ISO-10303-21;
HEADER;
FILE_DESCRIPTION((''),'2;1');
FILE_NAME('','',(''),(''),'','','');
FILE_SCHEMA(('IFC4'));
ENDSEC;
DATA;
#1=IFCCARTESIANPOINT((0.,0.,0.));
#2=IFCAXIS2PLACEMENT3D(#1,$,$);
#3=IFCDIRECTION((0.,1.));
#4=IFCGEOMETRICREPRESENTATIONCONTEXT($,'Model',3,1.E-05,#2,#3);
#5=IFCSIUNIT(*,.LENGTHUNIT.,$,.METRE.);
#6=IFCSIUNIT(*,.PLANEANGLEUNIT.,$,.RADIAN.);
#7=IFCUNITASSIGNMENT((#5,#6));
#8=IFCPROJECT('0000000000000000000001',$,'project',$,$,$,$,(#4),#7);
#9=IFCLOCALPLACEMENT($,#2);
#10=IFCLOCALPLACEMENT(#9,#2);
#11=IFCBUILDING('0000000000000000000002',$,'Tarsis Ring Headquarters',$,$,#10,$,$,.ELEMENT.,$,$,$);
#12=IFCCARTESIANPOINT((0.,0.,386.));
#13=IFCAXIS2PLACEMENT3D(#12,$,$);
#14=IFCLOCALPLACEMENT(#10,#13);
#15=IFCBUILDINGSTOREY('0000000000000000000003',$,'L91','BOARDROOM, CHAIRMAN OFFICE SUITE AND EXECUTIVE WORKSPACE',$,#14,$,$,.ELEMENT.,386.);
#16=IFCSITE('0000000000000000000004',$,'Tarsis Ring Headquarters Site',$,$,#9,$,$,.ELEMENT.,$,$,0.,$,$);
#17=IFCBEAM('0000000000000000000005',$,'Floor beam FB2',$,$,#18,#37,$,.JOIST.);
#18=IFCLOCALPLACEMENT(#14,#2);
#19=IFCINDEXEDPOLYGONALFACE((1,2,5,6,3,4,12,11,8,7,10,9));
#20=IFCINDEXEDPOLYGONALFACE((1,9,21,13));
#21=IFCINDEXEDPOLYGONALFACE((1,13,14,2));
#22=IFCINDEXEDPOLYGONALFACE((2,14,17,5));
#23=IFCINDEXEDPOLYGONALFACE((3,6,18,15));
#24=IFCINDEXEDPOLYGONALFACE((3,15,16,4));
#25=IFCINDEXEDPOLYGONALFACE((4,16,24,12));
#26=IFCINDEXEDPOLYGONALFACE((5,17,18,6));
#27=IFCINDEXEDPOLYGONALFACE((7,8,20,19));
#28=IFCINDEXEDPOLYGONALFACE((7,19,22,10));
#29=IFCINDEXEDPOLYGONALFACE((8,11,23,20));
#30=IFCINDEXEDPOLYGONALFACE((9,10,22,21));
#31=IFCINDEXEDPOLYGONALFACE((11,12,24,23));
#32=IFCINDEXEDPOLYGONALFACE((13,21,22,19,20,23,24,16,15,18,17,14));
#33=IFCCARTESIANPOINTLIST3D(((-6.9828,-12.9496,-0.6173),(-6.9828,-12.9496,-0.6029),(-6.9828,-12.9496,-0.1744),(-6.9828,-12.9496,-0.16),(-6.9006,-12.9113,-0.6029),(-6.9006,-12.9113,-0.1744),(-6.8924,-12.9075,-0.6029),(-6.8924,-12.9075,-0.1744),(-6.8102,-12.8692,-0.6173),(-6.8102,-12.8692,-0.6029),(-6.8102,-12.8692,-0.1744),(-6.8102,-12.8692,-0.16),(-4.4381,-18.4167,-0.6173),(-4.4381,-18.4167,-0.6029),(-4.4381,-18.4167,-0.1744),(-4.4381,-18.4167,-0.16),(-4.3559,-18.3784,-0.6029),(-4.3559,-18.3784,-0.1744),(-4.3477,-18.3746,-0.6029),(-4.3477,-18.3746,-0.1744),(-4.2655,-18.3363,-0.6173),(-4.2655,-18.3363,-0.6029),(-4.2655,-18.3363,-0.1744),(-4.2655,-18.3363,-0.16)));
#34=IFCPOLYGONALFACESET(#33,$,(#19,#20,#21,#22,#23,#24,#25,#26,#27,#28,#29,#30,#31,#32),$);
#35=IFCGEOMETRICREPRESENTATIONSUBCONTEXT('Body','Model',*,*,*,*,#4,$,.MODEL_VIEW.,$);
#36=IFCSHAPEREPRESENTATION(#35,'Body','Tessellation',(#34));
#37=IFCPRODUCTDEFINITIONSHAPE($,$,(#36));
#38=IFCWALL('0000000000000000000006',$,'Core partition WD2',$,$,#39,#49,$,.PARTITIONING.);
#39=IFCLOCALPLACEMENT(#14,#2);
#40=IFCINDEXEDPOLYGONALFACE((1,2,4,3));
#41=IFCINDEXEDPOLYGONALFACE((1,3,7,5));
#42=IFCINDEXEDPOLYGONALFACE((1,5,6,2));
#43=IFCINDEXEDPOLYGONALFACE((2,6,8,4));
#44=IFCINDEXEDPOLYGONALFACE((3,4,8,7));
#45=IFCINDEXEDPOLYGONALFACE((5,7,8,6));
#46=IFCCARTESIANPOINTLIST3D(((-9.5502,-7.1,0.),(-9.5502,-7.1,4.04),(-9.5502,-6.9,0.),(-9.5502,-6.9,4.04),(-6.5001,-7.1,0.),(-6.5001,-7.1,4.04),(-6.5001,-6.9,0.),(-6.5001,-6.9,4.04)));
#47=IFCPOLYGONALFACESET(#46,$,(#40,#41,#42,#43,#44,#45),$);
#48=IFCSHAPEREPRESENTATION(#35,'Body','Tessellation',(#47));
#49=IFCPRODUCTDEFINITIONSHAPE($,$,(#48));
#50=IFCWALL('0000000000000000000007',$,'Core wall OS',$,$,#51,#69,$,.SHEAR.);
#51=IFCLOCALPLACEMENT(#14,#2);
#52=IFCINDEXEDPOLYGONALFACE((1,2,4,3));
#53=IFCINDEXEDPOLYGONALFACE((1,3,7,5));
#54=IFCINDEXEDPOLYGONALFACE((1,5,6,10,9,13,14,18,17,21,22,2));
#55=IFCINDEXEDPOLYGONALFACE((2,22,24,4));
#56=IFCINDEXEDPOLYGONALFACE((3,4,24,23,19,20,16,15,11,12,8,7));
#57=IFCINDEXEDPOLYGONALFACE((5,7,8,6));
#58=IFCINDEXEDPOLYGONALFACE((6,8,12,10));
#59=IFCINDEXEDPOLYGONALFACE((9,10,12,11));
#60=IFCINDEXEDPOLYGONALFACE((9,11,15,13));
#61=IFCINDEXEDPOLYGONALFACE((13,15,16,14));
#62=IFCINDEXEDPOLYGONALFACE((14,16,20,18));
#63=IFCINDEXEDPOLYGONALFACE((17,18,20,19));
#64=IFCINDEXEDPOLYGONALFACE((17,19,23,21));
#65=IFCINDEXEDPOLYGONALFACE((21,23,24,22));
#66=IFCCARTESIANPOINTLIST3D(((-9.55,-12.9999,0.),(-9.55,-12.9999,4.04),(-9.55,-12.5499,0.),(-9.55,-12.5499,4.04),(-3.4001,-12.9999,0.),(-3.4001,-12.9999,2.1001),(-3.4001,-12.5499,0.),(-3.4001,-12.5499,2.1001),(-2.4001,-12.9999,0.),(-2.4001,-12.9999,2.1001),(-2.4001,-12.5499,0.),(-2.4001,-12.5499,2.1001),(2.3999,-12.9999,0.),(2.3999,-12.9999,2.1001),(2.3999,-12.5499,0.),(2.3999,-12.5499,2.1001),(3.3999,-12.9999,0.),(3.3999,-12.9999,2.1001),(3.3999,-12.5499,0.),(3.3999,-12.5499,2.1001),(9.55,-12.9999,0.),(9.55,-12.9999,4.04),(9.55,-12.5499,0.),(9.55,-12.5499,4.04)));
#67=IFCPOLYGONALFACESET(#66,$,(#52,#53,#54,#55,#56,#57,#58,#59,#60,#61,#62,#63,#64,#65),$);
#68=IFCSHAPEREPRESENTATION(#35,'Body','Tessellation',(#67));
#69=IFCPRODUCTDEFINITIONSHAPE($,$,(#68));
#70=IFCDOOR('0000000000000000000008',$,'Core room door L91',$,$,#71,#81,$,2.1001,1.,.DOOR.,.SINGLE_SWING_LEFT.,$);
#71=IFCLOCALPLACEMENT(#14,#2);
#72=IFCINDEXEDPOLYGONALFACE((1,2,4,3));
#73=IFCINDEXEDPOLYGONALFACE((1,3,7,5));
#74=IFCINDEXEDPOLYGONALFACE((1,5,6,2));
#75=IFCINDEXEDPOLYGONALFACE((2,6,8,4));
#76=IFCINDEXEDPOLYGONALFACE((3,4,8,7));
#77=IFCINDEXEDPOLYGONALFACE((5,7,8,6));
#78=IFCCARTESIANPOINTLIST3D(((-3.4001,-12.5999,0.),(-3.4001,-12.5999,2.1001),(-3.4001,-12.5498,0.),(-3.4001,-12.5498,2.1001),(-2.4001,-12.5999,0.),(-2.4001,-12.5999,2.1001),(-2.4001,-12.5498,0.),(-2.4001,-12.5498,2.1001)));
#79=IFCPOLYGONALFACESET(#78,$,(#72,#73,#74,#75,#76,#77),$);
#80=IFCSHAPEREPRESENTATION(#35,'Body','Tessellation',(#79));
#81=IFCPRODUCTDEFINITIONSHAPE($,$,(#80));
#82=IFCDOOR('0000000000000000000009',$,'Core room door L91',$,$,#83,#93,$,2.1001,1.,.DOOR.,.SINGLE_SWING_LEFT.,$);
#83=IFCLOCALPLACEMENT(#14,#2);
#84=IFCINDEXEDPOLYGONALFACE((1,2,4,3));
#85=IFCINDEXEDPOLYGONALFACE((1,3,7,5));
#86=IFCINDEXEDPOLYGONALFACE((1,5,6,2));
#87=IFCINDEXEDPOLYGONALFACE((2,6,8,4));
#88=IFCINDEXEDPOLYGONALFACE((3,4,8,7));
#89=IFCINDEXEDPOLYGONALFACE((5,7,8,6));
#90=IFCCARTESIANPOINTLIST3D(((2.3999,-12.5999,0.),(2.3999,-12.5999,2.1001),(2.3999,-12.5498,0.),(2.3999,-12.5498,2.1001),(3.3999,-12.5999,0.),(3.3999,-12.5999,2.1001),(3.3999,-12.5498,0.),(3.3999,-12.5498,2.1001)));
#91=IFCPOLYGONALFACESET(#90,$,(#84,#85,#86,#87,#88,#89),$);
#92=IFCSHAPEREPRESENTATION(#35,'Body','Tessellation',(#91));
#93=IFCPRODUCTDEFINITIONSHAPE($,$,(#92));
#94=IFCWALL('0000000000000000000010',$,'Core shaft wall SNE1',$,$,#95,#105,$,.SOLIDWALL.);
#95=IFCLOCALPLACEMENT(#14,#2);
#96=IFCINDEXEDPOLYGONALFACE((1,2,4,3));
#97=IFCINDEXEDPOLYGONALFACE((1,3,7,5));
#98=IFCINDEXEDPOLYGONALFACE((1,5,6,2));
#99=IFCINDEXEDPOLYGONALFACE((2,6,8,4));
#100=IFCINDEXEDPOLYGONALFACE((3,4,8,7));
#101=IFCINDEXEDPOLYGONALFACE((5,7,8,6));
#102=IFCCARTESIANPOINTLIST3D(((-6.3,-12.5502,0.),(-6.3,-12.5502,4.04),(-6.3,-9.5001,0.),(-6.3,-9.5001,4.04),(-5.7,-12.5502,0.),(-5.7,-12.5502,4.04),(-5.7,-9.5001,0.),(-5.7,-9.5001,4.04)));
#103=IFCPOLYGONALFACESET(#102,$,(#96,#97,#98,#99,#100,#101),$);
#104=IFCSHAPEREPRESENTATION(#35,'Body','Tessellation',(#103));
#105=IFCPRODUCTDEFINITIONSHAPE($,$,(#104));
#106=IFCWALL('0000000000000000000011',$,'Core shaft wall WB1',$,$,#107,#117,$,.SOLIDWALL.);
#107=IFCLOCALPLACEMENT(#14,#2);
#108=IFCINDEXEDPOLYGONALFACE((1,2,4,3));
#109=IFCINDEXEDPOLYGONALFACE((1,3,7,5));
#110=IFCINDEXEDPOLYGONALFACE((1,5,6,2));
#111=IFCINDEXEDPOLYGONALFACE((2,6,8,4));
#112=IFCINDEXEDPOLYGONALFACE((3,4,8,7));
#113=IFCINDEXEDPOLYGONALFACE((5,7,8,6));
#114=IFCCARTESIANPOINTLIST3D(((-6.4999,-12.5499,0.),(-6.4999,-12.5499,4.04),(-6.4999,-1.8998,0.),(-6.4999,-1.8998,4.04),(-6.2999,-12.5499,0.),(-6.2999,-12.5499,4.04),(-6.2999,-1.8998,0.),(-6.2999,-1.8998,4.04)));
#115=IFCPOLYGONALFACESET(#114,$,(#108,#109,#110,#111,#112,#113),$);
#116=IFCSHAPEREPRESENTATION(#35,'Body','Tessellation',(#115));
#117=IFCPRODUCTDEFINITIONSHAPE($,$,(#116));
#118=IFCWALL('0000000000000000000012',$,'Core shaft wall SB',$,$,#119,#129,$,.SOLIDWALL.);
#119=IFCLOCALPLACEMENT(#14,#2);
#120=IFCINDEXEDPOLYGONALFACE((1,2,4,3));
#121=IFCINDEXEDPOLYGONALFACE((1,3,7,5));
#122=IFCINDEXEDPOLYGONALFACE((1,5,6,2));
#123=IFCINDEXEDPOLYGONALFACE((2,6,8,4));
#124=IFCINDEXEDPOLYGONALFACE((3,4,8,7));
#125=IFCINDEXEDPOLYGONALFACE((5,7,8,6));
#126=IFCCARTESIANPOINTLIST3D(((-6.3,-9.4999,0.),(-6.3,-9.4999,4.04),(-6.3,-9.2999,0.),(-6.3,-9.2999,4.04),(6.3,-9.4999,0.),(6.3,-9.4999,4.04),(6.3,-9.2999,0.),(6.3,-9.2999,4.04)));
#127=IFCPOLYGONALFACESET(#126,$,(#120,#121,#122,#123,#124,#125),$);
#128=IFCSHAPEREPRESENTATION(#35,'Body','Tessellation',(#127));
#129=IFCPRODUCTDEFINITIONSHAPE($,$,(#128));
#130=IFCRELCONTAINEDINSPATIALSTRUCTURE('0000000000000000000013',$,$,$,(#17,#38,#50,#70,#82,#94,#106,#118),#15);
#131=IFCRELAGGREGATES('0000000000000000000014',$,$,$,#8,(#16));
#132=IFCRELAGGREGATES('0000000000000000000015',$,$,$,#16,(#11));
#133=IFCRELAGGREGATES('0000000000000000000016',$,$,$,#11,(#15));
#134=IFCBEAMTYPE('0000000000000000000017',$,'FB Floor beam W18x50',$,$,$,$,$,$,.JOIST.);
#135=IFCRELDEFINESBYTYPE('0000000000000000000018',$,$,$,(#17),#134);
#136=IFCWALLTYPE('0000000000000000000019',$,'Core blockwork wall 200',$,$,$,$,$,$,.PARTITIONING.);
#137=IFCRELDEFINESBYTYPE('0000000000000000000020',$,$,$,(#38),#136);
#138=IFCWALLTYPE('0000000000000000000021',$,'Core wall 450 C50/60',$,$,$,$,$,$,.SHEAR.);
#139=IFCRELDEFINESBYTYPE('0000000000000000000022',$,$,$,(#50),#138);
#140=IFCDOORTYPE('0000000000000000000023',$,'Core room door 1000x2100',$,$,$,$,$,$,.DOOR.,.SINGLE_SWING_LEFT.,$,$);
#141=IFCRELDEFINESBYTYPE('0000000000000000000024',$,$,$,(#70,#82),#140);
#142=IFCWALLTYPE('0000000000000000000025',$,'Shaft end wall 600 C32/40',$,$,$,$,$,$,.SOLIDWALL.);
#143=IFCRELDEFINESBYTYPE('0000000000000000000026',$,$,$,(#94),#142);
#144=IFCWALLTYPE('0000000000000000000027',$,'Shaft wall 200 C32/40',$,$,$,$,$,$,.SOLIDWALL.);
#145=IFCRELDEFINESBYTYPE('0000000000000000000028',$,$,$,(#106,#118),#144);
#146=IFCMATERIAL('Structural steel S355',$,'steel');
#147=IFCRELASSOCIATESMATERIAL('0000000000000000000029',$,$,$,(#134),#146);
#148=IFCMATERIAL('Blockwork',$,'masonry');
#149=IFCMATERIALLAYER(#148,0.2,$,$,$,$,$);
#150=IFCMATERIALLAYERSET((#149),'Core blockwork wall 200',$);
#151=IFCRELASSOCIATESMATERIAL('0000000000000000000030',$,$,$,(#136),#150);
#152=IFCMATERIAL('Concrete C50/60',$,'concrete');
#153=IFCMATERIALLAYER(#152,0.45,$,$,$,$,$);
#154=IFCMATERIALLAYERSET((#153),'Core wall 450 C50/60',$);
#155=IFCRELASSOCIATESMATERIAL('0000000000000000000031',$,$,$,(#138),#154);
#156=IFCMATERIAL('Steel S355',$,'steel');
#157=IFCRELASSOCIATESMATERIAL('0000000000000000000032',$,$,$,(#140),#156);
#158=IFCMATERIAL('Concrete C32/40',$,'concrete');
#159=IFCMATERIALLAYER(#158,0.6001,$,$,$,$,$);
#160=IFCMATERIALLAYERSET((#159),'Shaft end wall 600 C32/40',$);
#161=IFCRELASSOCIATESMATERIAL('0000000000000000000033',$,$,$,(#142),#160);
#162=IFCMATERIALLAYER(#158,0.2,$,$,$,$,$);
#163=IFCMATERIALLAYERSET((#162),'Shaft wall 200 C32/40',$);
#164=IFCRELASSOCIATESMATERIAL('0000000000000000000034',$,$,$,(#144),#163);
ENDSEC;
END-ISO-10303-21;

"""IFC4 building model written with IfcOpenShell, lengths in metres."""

from ifc_helpers import new_model, si_unit, direction, frame, frame_2d, origin, origin_2d, place, context, subcontext, project, spatial, rectangle, i_section, extrude, material, layer, layer_set, material_profile, profile_set, type_object, element, fill, save


model = new_model("IFC4")

# Units and contexts
model_context = context("Model", 3, precision=1e-05, world=origin(), true_north=direction((0.0, 1.0)))
body_context = subcontext(model_context, "Body", "Model", "MODEL_VIEW")
ifc_project = project(units=[si_unit("LENGTHUNIT", "METRE"), si_unit("PLANEANGLEUNIT", "RADIAN")], contexts=[model_context])

# Site, building, storey
site_placement = place(None, origin())
site = spatial("IfcSite", under=ifc_project, at=site_placement, Name="Tarsis Ring Headquarters Site", CompositionType="ELEMENT", RefElevation=0.0)
building_placement = place(site_placement, origin())
building = spatial("IfcBuilding", under=site, at=building_placement, Name="Tarsis Ring Headquarters", CompositionType="ELEMENT")
storey_placement = place(building_placement, frame((0.0, 0.0, 386.0)))
storey = spatial("IfcBuildingStorey", under=building, at=storey_placement, Name="L91", Description="BOARDROOM, CHAIRMAN OFFICE SUITE AND EXECUTIVE WORKSPACE", CompositionType="ELEMENT", Elevation=386.0)

# Beam
ifc_material_1 = material(Name="Structural steel S355", Category="steel")
ifc_material_profile = material_profile(ifc_material_1, i_section(OverallWidth=0.1904, OverallDepth=0.4573, WebThickness=0.009, FlangeThickness=0.0144, at=origin_2d()), Name="W18x50")
ifc_profile_set = profile_set([ifc_material_profile], Name="Structural steel S355")
beam_type = type_object("IfcBeamType", Name="FB Floor beam W18x50", PredefinedType="JOIST", material=ifc_profile_set)
beam_placement = place(storey_placement, frame((-6.8965, -12.9094, -0.3887), z_axis=(0.421985, -0.906603, 0.0), x_axis=(0.906603, 0.421985, 0.0)))
element("IfcBeam", 1, at=beam_placement, inside=storey, type_object=beam_type, Name="Floor beam FB2", PredefinedType="JOIST", context=body_context, shape_type="SweptSolid", body=[
    extrude(i_section(OverallWidth=0.1904, OverallDepth=0.4573, WebThickness=0.009, FlangeThickness=0.0144, at=origin_2d()), origin(), (0.0, 0.0, 1.0), 6.0303),
])

# Wall
ifc_material_2 = material(Name="Blockwork", Category="masonry")
ifc_layer_1 = layer(ifc_material_2, 0.2)
ifc_layer_set_1 = layer_set([ifc_layer_1], Name="Core blockwork wall 200")
wall_type_1 = type_object("IfcWallType", Name="Core blockwork wall 200", PredefinedType="PARTITIONING", material=ifc_layer_set_1)
wall_1_placement = place(storey_placement, frame((-9.55, -7.0, 0.0), z_axis=(0.0, 0.0, 1.0), x_axis=(1.0, 0.0, 0.0)))
element("IfcWall", 2, at=wall_1_placement, inside=storey, type_object=wall_type_1, Name="Core partition WD2", PredefinedType="PARTITIONING", context=body_context, shape_type="SweptSolid", body=[
    extrude(rectangle(XDim=3.05, YDim=0.2, at=frame_2d((1.5249, 0.0))), origin(), (0.0, 0.0, 1.0), 4.04),
])

# Wall, openings, doors
ifc_material_3 = material(Name="Concrete C50/60", Category="concrete")
ifc_layer_2 = layer(ifc_material_3, 0.45)
ifc_layer_set_2 = layer_set([ifc_layer_2], Name="Core wall 450 C50/60")
wall_type_2 = type_object("IfcWallType", Name="Core wall 450 C50/60", PredefinedType="SHEAR", material=ifc_layer_set_2)
wall_2_placement = place(storey_placement, frame((-9.55, -12.7749, 0.0), z_axis=(0.0, 0.0, 1.0), x_axis=(1.0, 0.0, 0.0)))
wall_2 = element("IfcWall", 3, at=wall_2_placement, inside=storey, type_object=wall_type_2, Name="Core wall OS", PredefinedType="SHEAR", context=body_context, shape_type="SweptSolid", body=[
    extrude(rectangle(XDim=19.1001, YDim=0.45, at=frame_2d((9.55, 0.0))), origin(), (0.0, 0.0, 1.0), 4.04),
])
opening_1_placement = place(wall_2_placement, frame((6.1499, 0.0, 0.0)))
opening_1 = element("IfcOpeningElement", 4, at=opening_1_placement, cuts=wall_2, PredefinedType="OPENING", context=body_context, shape_type="SweptSolid", body=[
    extrude(rectangle(XDim=1.0, YDim=2.1001, at=frame_2d((0.5, 1.05))), frame((0.0, 0.2349, 0.0), z_axis=(0.0, -1.0, 0.0), x_axis=(1.0, 0.0, 0.0)), (0.0, 0.0, 1.0), 0.47),
])
opening_2_placement = place(wall_2_placement, frame((11.95, 0.0, 0.0)))
opening_2 = element("IfcOpeningElement", 5, at=opening_2_placement, cuts=wall_2, PredefinedType="OPENING", context=body_context, shape_type="SweptSolid", body=[
    extrude(rectangle(XDim=1.0, YDim=2.1001, at=frame_2d((0.5, 1.05))), frame((0.0, 0.2349, 0.0), z_axis=(0.0, -1.0, 0.0), x_axis=(1.0, 0.0, 0.0)), (0.0, 0.0, 1.0), 0.47),
])
ifc_material_4 = material(Name="Steel S355", Category="steel")
door_type = type_object("IfcDoorType", Name="Core room door 1000x2100", OperationType="SINGLE_SWING_LEFT", PredefinedType="DOOR", material=ifc_material_4)
door_1_placement = place(opening_1_placement, origin())
door_1 = element("IfcDoor", 6, at=door_1_placement, inside=storey, type_object=door_type, Name="Core room door L91", OperationType="SINGLE_SWING_LEFT", OverallHeight=2.1001, OverallWidth=1.0, PredefinedType="DOOR", context=body_context, shape_type="SweptSolid", body=[
    extrude(rectangle(XDim=1.0, YDim=2.1001, at=frame_2d((0.5, 1.05))), frame((0.0, 0.2251, 0.0), z_axis=(0.0, -1.0, 0.0), x_axis=(1.0, 0.0, 0.0)), (0.0, 0.0, 1.0), 0.05),
])
fill(opening_1, door_1)
door_2_placement = place(opening_2_placement, origin())
door_2 = element("IfcDoor", 7, at=door_2_placement, inside=storey, type_object=door_type, Name="Core room door L91", OperationType="SINGLE_SWING_LEFT", OverallHeight=2.1001, OverallWidth=1.0, PredefinedType="DOOR", context=body_context, shape_type="SweptSolid", body=[
    extrude(rectangle(XDim=1.0, YDim=2.1001, at=frame_2d((0.5, 1.05))), frame((0.0, 0.2251, 0.0), z_axis=(0.0, -1.0, 0.0), x_axis=(1.0, 0.0, 0.0)), (0.0, 0.0, 1.0), 0.05),
])
fill(opening_2, door_2)

# Walls
ifc_material_5 = material(Name="Concrete C32/40", Category="concrete")
ifc_layer_3 = layer(ifc_material_5, 0.6001)
ifc_layer_set_3 = layer_set([ifc_layer_3], Name="Shaft end wall 600 C32/40")
wall_type_3 = type_object("IfcWallType", Name="Shaft end wall 600 C32/40", PredefinedType="SOLIDWALL", material=ifc_layer_set_3)
wall_3_placement = place(storey_placement, frame((-6.0, -12.55, 0.0), z_axis=(0.0, 0.0, 1.0), x_axis=(0.0, 1.0, 0.0)))
element("IfcWall", 8, at=wall_3_placement, inside=storey, type_object=wall_type_3, Name="Core shaft wall SNE1", PredefinedType="SOLIDWALL", context=body_context, shape_type="SweptSolid", body=[
    extrude(rectangle(XDim=3.05, YDim=0.6001, at=frame_2d((1.5249, 0.0))), origin(), (0.0, 0.0, 1.0), 4.04),
])
ifc_layer_4 = layer(ifc_material_5, 0.2)
ifc_layer_set_4 = layer_set([ifc_layer_4], Name="Shaft wall 200 C32/40")
wall_type_4 = type_object("IfcWallType", Name="Shaft wall 200 C32/40", PredefinedType="SOLIDWALL", material=ifc_layer_set_4)
wall_4_placement = place(storey_placement, frame((-6.3999, -12.55, 0.0), z_axis=(0.0, 0.0, 1.0), x_axis=(0.0, 1.0, 0.0)))
element("IfcWall", 9, at=wall_4_placement, inside=storey, type_object=wall_type_4, Name="Core shaft wall WB1", PredefinedType="SOLIDWALL", context=body_context, shape_type="SweptSolid", body=[
    extrude(rectangle(XDim=10.6501, YDim=0.2, at=frame_2d((5.3252, 0.0))), origin(), (0.0, 0.0, 1.0), 4.04),
])
wall_5_placement = place(storey_placement, frame((-6.3, -9.3999, 0.0), z_axis=(0.0, 0.0, 1.0), x_axis=(1.0, 0.0, 0.0)))
element("IfcWall", 10, at=wall_5_placement, inside=storey, type_object=wall_type_4, Name="Core shaft wall SB", PredefinedType="SOLIDWALL", context=body_context, shape_type="SweptSolid", body=[
    extrude(rectangle(XDim=12.6001, YDim=0.2, at=frame_2d((6.3, 0.0))), origin(), (0.0, 0.0, 1.0), 4.04),
])

save(model, "model.ifc")
